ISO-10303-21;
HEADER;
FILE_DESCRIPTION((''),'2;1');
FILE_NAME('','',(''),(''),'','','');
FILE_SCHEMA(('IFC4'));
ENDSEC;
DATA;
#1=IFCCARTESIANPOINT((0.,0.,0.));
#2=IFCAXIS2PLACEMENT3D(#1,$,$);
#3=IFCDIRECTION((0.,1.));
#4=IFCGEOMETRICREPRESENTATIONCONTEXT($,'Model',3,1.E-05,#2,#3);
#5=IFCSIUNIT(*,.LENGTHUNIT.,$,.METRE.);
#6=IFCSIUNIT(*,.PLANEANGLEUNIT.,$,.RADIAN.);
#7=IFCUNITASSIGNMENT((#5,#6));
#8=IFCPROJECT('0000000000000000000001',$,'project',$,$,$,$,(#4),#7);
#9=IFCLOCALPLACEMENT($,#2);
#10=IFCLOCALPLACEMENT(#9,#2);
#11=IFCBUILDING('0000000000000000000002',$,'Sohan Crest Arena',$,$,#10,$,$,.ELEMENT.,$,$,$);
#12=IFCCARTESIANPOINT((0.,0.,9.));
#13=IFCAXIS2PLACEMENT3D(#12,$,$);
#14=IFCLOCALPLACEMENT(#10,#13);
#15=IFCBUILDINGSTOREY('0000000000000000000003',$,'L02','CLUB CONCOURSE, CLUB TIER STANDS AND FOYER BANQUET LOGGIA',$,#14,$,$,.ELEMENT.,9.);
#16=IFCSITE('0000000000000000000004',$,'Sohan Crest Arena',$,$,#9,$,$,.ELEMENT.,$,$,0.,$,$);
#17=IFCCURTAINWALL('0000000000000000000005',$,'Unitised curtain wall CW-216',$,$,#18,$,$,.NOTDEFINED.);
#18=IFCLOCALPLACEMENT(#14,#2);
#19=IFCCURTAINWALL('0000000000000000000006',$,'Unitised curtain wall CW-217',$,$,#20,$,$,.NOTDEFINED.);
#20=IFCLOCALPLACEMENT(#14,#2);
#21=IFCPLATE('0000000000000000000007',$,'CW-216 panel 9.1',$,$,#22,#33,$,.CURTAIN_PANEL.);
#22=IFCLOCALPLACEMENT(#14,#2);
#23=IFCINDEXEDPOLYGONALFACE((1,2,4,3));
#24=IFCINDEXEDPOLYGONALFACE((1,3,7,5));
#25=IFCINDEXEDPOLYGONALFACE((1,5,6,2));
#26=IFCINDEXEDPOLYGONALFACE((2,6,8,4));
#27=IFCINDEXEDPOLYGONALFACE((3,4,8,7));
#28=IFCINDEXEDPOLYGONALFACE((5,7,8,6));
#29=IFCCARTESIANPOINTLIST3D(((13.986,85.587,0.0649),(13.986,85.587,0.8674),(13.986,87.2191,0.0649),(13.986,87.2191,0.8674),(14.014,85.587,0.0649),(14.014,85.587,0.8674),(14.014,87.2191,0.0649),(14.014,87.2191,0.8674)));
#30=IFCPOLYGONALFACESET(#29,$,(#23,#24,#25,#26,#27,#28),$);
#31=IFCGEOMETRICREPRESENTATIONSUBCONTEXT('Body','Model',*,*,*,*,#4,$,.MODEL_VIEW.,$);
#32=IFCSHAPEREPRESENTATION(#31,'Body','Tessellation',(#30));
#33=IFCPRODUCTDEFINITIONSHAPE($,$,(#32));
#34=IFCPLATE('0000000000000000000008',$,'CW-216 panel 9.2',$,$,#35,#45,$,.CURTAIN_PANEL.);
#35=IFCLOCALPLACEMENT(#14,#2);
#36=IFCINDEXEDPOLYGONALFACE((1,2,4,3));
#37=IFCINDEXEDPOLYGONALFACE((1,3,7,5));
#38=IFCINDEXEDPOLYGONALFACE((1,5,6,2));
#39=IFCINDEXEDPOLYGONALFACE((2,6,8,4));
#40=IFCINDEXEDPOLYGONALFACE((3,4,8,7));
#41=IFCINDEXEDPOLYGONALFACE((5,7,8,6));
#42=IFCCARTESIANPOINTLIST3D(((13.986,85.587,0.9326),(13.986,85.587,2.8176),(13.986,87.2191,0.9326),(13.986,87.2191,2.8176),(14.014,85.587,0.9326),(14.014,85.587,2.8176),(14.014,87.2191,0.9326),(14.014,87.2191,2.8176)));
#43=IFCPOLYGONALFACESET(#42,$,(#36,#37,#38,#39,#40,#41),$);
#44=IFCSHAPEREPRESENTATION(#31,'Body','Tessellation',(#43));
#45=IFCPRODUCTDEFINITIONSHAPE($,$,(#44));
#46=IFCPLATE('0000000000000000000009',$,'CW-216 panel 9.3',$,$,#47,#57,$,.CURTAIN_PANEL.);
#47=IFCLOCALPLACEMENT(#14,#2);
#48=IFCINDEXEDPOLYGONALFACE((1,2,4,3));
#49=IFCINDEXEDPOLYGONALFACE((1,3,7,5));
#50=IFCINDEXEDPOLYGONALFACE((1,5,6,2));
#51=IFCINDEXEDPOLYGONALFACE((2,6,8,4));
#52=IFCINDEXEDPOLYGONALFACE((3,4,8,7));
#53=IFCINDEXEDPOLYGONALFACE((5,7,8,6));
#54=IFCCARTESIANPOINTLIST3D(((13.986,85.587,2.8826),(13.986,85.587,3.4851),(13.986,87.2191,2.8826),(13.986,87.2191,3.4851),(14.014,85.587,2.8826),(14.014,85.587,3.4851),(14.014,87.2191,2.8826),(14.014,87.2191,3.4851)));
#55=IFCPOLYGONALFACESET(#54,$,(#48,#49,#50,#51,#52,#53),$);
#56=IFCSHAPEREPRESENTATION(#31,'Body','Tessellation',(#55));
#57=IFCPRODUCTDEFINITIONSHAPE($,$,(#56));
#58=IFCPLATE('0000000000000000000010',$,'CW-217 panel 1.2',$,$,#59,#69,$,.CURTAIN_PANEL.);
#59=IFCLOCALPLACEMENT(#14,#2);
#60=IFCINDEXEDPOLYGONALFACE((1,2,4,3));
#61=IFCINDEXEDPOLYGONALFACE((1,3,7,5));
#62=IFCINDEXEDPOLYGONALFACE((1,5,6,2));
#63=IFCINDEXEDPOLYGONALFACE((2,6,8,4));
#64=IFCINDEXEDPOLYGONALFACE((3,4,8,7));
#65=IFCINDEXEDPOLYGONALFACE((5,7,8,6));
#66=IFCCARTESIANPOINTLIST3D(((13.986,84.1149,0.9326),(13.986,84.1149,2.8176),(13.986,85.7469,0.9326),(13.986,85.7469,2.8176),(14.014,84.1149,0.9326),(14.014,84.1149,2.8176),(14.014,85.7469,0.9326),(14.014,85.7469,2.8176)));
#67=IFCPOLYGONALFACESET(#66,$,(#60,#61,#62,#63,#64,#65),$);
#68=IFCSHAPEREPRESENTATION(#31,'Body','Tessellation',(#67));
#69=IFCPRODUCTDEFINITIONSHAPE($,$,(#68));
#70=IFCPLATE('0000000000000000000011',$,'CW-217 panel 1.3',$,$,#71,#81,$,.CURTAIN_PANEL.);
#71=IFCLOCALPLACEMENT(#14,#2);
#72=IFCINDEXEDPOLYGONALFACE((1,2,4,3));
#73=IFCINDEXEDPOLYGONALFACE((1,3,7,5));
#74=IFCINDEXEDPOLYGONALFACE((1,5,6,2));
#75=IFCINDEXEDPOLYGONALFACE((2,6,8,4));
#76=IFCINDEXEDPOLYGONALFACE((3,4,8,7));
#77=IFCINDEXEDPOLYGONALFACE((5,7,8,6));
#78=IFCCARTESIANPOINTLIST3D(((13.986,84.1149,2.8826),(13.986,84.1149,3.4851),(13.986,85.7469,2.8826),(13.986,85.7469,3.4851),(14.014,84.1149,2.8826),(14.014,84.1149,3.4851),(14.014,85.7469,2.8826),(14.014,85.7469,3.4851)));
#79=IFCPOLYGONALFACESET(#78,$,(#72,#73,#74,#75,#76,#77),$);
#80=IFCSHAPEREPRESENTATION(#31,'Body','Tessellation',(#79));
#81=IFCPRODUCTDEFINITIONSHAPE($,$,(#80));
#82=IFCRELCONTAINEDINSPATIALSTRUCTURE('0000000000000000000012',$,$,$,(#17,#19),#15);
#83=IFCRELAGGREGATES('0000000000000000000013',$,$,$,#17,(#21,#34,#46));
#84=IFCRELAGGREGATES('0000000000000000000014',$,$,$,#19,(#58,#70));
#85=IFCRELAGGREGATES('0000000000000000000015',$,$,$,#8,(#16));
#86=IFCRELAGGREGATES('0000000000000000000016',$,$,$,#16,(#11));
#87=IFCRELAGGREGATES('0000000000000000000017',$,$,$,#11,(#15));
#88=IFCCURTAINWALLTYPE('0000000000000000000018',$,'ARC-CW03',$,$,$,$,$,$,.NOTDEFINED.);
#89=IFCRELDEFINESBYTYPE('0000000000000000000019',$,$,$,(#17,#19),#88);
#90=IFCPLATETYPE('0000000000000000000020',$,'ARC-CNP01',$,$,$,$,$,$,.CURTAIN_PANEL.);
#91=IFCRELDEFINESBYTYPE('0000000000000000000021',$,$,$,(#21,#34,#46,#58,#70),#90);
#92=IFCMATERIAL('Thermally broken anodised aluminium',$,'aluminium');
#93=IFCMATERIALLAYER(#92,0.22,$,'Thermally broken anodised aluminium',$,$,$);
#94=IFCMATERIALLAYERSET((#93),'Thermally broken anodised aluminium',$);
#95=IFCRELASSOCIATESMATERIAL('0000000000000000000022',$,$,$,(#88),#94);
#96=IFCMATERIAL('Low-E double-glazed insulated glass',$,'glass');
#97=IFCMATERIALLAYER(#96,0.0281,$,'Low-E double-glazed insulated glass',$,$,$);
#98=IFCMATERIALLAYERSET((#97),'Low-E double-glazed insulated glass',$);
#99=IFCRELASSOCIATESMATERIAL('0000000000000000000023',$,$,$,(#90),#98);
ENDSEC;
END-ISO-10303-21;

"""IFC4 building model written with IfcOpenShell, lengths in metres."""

from ifc_helpers import new_model, si_unit, direction, frame, origin, origin_2d, place, context, subcontext, project, spatial, rectangle, extrude, material, layer, layer_set, type_object, element, aggregate, save


model = new_model("IFC4")

# Units and contexts
model_context = context("Model", 3, precision=1e-05, world=origin(), true_north=direction((0.0, 1.0)))
body_context = subcontext(model_context, "Body", "Model", "MODEL_VIEW")
ifc_project = project(units=[si_unit("LENGTHUNIT", "METRE"), si_unit("PLANEANGLEUNIT", "RADIAN")], contexts=[model_context])

# Site, building, storey
site_placement = place(None, origin())
site = spatial("IfcSite", under=ifc_project, at=site_placement, Name="Sohan Crest Arena", CompositionType="ELEMENT", RefElevation=0.0)
building_placement = place(site_placement, origin())
building = spatial("IfcBuilding", under=site, at=building_placement, Name="Sohan Crest Arena", CompositionType="ELEMENT")
storey_placement = place(building_placement, frame((0.0, 0.0, 9.0)))
storey = spatial("IfcBuildingStorey", under=building, at=storey_placement, Name="L02", Description="CLUB CONCOURSE, CLUB TIER STANDS AND FOYER BANQUET LOGGIA", CompositionType="ELEMENT", Elevation=9.0)

# Curtain wall
ifc_material_1 = material(Name="Thermally broken anodised aluminium", Category="aluminium")
ifc_layer_1 = layer(ifc_material_1, 0.22, Name="Thermally broken anodised aluminium")
ifc_layer_set_1 = layer_set([ifc_layer_1], Name="Thermally broken anodised aluminium")
curtain_wall_type = type_object("IfcCurtainWallType", Name="ARC-CW03", PredefinedType="NOTDEFINED", material=ifc_layer_set_1)
curtain_wall_1_placement = place(storey_placement, origin())
curtain_wall_1 = element("IfcCurtainWall", 1, at=curtain_wall_1_placement, inside=storey, type_object=curtain_wall_type, Name="Unitised curtain wall CW-216", PredefinedType="NOTDEFINED")

# Curtain wall
curtain_wall_2_placement = place(storey_placement, origin())
curtain_wall_2 = element("IfcCurtainWall", 2, at=curtain_wall_2_placement, inside=storey, type_object=curtain_wall_type, Name="Unitised curtain wall CW-217", PredefinedType="NOTDEFINED")

# Plates
ifc_material_2 = material(Name="Low-E double-glazed insulated glass", Category="glass")
ifc_layer_2 = layer(ifc_material_2, 0.0281, Name="Low-E double-glazed insulated glass")
ifc_layer_set_2 = layer_set([ifc_layer_2], Name="Low-E double-glazed insulated glass")
plate_type = type_object("IfcPlateType", Name="ARC-CNP01", PredefinedType="CURTAIN_PANEL", material=ifc_layer_set_2)
plate_1_placement = place(storey_placement, frame((14.0, 86.4031, 0.0649), z_axis=(0.0, 0.0, 1.0), x_axis=(0.0, -1.0, 0.0)))
plate_1 = element("IfcPlate", 3, at=plate_1_placement, type_object=plate_type, Name="CW-216 panel 9.1", PredefinedType="CURTAIN_PANEL", context=body_context, shape_type="SweptSolid", body=[
    extrude(rectangle(XDim=1.6321, YDim=0.0281, at=origin_2d()), origin(), (0.0, 0.0, 1.0), 0.8025),
])
plate_2_placement = place(storey_placement, frame((14.0, 86.4031, 0.9326), z_axis=(0.0, 0.0, 1.0), x_axis=(0.0, -1.0, 0.0)))
plate_2 = element("IfcPlate", 4, at=plate_2_placement, type_object=plate_type, Name="CW-216 panel 9.2", PredefinedType="CURTAIN_PANEL", context=body_context, shape_type="SweptSolid", body=[
    extrude(rectangle(XDim=1.6321, YDim=0.0281, at=origin_2d()), origin(), (0.0, 0.0, 1.0), 1.885),
])
plate_3_placement = place(storey_placement, frame((14.0, 86.4031, 2.8826), z_axis=(0.0, 0.0, 1.0), x_axis=(0.0, -1.0, 0.0)))
plate_3 = element("IfcPlate", 5, at=plate_3_placement, type_object=plate_type, Name="CW-216 panel 9.3", PredefinedType="CURTAIN_PANEL", context=body_context, shape_type="SweptSolid", body=[
    extrude(rectangle(XDim=1.6321, YDim=0.0281, at=origin_2d()), origin(), (0.0, 0.0, 1.0), 0.6025),
])
aggregate(curtain_wall_1, [plate_1, plate_2, plate_3])
plate_4_placement = place(storey_placement, frame((14.0, 84.9309, 0.9326), z_axis=(0.0, 0.0, 1.0), x_axis=(0.0, -1.0, 0.0)))
plate_4 = element("IfcPlate", 6, at=plate_4_placement, type_object=plate_type, Name="CW-217 panel 1.2", PredefinedType="CURTAIN_PANEL", context=body_context, shape_type="SweptSolid", body=[
    extrude(rectangle(XDim=1.6321, YDim=0.0281, at=origin_2d()), origin(), (0.0, 0.0, 1.0), 1.885),
])
plate_5_placement = place(storey_placement, frame((14.0, 84.9309, 2.8826), z_axis=(0.0, 0.0, 1.0), x_axis=(0.0, -1.0, 0.0)))
plate_5 = element("IfcPlate", 7, at=plate_5_placement, type_object=plate_type, Name="CW-217 panel 1.3", PredefinedType="CURTAIN_PANEL", context=body_context, shape_type="SweptSolid", body=[
    extrude(rectangle(XDim=1.6321, YDim=0.0281, at=origin_2d()), origin(), (0.0, 0.0, 1.0), 0.6025),
])
aggregate(curtain_wall_2, [plate_4, plate_5])

save(model, "model.ifc")
